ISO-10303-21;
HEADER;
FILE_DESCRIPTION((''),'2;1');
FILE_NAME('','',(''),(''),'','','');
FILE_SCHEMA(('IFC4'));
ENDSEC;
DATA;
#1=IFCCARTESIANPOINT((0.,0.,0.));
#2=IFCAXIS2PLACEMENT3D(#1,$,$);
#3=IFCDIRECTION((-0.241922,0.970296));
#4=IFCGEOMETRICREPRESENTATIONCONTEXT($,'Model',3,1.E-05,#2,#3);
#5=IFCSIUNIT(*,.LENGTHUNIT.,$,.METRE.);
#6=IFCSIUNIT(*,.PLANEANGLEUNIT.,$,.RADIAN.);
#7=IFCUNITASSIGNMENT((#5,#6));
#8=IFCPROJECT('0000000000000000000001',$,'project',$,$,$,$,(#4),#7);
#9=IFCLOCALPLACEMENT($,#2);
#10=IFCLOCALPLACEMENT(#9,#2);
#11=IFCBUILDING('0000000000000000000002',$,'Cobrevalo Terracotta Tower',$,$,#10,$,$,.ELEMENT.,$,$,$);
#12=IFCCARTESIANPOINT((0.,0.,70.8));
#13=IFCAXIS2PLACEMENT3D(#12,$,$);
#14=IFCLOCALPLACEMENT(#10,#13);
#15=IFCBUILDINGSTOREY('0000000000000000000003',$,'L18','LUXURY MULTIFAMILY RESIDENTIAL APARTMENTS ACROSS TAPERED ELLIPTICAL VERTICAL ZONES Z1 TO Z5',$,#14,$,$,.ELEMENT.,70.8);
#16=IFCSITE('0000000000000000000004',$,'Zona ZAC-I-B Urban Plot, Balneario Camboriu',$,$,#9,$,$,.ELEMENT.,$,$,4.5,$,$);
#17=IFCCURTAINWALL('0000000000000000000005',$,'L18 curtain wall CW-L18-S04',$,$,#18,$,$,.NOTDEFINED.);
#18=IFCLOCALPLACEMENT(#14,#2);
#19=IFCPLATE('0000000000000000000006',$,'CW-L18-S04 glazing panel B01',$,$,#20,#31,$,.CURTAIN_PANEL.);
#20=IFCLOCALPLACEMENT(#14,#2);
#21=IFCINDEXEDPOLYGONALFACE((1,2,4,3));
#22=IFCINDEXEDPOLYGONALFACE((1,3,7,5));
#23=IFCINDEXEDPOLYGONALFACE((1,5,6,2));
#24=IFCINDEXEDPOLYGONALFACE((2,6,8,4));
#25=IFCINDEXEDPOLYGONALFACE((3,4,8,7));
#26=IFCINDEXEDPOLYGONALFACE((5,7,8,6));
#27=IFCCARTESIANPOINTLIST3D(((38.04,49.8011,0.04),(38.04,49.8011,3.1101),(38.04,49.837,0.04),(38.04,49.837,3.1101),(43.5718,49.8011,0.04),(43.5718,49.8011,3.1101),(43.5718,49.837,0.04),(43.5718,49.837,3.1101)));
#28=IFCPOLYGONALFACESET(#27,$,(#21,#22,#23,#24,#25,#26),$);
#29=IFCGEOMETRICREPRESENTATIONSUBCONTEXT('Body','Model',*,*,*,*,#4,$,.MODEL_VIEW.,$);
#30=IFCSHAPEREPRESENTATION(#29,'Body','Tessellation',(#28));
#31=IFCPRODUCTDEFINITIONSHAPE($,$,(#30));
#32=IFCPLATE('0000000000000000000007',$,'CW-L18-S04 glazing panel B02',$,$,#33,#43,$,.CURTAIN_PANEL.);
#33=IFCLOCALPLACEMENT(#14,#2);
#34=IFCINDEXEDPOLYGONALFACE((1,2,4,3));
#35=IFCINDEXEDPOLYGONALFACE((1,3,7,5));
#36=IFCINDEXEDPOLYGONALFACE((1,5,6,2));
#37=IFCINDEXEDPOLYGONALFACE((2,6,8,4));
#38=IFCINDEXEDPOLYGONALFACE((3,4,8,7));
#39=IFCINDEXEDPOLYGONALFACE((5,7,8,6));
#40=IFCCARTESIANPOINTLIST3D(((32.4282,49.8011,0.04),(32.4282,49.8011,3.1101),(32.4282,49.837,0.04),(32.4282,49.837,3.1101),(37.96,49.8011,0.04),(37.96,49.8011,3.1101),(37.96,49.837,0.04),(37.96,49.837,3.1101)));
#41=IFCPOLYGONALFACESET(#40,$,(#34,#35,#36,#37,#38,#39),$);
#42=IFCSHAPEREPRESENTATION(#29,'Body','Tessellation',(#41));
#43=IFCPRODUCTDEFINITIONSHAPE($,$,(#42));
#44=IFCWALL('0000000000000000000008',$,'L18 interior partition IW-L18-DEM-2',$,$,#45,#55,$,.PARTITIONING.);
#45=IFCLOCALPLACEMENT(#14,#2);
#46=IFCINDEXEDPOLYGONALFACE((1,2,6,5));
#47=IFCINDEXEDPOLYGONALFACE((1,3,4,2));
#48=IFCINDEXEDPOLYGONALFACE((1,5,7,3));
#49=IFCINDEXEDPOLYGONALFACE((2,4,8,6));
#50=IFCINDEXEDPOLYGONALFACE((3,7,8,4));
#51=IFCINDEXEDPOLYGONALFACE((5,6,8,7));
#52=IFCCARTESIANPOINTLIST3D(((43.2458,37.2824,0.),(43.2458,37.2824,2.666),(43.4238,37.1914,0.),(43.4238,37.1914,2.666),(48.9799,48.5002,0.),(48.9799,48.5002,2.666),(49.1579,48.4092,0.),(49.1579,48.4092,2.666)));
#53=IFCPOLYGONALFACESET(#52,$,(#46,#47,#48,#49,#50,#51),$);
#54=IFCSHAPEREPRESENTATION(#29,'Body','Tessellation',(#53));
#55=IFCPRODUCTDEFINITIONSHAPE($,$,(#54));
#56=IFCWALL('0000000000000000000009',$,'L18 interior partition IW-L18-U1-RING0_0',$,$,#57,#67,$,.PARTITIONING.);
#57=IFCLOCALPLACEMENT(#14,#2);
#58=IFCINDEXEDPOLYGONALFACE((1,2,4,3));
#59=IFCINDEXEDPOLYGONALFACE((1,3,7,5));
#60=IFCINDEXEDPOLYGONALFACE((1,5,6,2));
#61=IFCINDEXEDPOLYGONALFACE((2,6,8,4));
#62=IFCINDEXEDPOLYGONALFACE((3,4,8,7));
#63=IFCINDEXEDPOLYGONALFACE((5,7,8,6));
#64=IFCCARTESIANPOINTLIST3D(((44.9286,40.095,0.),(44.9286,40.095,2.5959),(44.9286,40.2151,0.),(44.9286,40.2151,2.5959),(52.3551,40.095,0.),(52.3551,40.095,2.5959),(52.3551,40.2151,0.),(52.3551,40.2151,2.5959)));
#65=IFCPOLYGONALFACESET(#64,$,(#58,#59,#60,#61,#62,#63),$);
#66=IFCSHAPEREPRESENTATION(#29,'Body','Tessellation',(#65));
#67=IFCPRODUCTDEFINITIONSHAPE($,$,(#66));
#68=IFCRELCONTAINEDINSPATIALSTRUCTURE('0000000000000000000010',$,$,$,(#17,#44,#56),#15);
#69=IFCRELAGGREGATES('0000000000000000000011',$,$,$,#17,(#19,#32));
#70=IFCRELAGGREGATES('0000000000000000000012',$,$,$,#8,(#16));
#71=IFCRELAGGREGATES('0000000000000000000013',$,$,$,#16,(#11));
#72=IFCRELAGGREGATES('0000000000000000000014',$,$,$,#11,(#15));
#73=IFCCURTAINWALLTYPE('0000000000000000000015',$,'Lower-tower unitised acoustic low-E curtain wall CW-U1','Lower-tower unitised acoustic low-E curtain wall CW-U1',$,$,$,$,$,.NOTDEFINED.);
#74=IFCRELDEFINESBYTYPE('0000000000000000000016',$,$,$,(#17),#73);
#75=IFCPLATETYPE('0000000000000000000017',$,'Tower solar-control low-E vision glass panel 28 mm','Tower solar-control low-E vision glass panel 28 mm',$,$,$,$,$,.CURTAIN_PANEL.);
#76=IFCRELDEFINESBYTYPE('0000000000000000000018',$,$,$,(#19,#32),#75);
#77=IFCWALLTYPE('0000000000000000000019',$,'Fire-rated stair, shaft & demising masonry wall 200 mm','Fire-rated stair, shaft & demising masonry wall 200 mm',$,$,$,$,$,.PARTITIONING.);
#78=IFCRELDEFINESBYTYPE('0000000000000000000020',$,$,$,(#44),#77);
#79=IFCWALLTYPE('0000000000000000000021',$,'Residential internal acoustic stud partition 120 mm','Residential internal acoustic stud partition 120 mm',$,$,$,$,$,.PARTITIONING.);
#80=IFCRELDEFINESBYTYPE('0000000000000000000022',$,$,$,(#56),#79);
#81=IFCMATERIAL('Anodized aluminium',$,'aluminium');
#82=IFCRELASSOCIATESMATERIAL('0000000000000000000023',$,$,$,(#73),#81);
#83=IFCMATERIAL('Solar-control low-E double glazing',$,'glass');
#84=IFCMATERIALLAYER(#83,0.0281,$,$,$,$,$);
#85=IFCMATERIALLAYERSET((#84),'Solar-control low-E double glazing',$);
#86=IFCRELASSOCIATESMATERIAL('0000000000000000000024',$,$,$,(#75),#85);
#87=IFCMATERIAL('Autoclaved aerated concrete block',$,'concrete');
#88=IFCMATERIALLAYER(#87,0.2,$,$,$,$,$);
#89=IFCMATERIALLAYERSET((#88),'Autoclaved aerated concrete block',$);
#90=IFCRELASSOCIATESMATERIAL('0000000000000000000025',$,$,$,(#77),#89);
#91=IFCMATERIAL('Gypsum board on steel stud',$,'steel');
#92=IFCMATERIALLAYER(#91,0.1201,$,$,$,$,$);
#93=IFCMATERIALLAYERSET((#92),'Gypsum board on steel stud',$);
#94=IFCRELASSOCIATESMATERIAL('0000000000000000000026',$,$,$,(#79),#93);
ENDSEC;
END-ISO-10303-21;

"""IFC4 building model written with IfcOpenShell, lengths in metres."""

from ifc_helpers import new_model, si_unit, direction, frame, frame_2d, origin, origin_2d, place, context, subcontext, project, spatial, rectangle, extrude, source, transform, mapped, material, layer, layer_set, type_object, element, aggregate, save


model = new_model("IFC4")

# Units and contexts
model_context = context("Model", 3, precision=1e-05, world=origin(), true_north=direction((-0.241922, 0.970296)))
body_context = subcontext(model_context, "Body", "Model", "MODEL_VIEW")
ifc_project = project(units=[si_unit("LENGTHUNIT", "METRE"), si_unit("PLANEANGLEUNIT", "RADIAN")], contexts=[model_context])

# Site, building, storey
site_placement = place(None, origin())
site = spatial("IfcSite", under=ifc_project, at=site_placement, Name="Zona ZAC-I-B Urban Plot, Balneario Camboriu", CompositionType="ELEMENT", RefElevation=4.5)
building_placement = place(site_placement, origin())
building = spatial("IfcBuilding", under=site, at=building_placement, Name="Cobrevalo Terracotta Tower", CompositionType="ELEMENT")
storey_placement = place(building_placement, frame((0.0, 0.0, 70.8)))
storey = spatial("IfcBuildingStorey", under=building, at=storey_placement, Name="L18", Description="LUXURY MULTIFAMILY RESIDENTIAL APARTMENTS ACROSS TAPERED ELLIPTICAL VERTICAL ZONES Z1 TO Z5", CompositionType="ELEMENT", Elevation=70.8)

# Curtain wall
ifc_material_1 = material(Name="Anodized aluminium", Category="aluminium")
curtain_wall_type = type_object("IfcCurtainWallType", Name="Lower-tower unitised acoustic low-E curtain wall CW-U1", Description="Lower-tower unitised acoustic low-E curtain wall CW-U1", PredefinedType="NOTDEFINED", material=ifc_material_1)
curtain_wall_1_placement = place(storey_placement, origin())
curtain_wall_1 = element("IfcCurtainWall", 1, at=curtain_wall_1_placement, inside=storey, type_object=curtain_wall_type, Name="L18 curtain wall CW-L18-S04", PredefinedType="NOTDEFINED")

# Plates
ifc_material_2 = material(Name="Solar-control low-E double glazing", Category="glass")
ifc_layer_1 = layer(ifc_material_2, 0.0281)
ifc_layer_set_1 = layer_set([ifc_layer_1], Name="Solar-control low-E double glazing")
plate_type_1 = type_object("IfcPlateType", Name="Tower solar-control low-E vision glass panel 28 mm", Description="Tower solar-control low-E vision glass panel 28 mm", PredefinedType="CURTAIN_PANEL", material=ifc_layer_set_1)
shared_shape_1 = source(origin(), body_context, "Body", "SweptSolid", [
    extrude(rectangle(XDim=5.5317, YDim=0.0359, at=origin_2d()), origin(), (0.0, 0.0, 1.0), 3.0701),
])
plate_1_placement = place(storey_placement, frame((40.8059, 49.8191, 0.04), z_axis=(0.0, 0.0, 1.0), x_axis=(-1.0, 0.0, 0.0)))
plate_1 = element("IfcPlate", 2, at=plate_1_placement, type_object=plate_type_1, Name="CW-L18-S04 glazing panel B01", PredefinedType="CURTAIN_PANEL", context=body_context, shape_type="MappedRepresentation", body=[
    mapped(shared_shape_1, transform((0.0, 0.0, 0.0), scale=1.0)),
])
plate_2_placement = place(storey_placement, frame((35.1941, 49.8191, 0.04), z_axis=(0.0, 0.0, 1.0), x_axis=(-1.0, 0.0, 0.0)))
plate_2 = element("IfcPlate", 3, at=plate_2_placement, type_object=plate_type_1, Name="CW-L18-S04 glazing panel B02", PredefinedType="CURTAIN_PANEL", context=body_context, shape_type="MappedRepresentation", body=[
    mapped(shared_shape_1, transform((0.0, 0.0, 0.0), scale=1.0)),
])
aggregate(curtain_wall_1, [plate_1, plate_2])

# Walls
ifc_material_3 = material(Name="Autoclaved aerated concrete block", Category="concrete")
ifc_layer_2 = layer(ifc_material_3, 0.2)
ifc_layer_set_2 = layer_set([ifc_layer_2], Name="Autoclaved aerated concrete block")
wall_type_1 = type_object("IfcWallType", Name="Fire-rated stair, shaft & demising masonry wall 200 mm", Description="Fire-rated stair, shaft & demising masonry wall 200 mm", PredefinedType="PARTITIONING", material=ifc_layer_set_2)
wall_1_placement = place(storey_placement, frame((43.3347, 37.2368, 0.0), z_axis=(0.0, 0.0, 1.0), x_axis=(0.455149, 0.890415, 0.0)))
element("IfcWall", 4, at=wall_1_placement, inside=storey, type_object=wall_type_1, Name="L18 interior partition IW-L18-DEM-2", PredefinedType="PARTITIONING", context=body_context, shape_type="SweptSolid", body=[
    extrude(rectangle(XDim=12.5984, YDim=0.2, at=frame_2d((6.2993, 0.0))), origin(), (0.0, 0.0, 1.0), 2.666),
])
ifc_material_4 = material(Name="Gypsum board on steel stud", Category="steel")
ifc_layer_3 = layer(ifc_material_4, 0.1201)
ifc_layer_set_3 = layer_set([ifc_layer_3], Name="Gypsum board on steel stud")
wall_type_2 = type_object("IfcWallType", Name="Residential internal acoustic stud partition 120 mm", Description="Residential internal acoustic stud partition 120 mm", PredefinedType="PARTITIONING", material=ifc_layer_set_3)
wall_2_placement = place(storey_placement, frame((44.9285, 40.155, 0.0), z_axis=(0.0, 0.0, 1.0), x_axis=(1.0, 0.0, 0.0)))
element("IfcWall", 5, at=wall_2_placement, inside=storey, type_object=wall_type_2, Name="L18 interior partition IW-L18-U1-RING0_0", PredefinedType="PARTITIONING", context=body_context, shape_type="SweptSolid", body=[
    extrude(rectangle(XDim=7.4265, YDim=0.1201, at=frame_2d((3.7134, 0.0))), origin(), (0.0, 0.0, 1.0), 2.5959),
])

save(model, "model.ifc")
